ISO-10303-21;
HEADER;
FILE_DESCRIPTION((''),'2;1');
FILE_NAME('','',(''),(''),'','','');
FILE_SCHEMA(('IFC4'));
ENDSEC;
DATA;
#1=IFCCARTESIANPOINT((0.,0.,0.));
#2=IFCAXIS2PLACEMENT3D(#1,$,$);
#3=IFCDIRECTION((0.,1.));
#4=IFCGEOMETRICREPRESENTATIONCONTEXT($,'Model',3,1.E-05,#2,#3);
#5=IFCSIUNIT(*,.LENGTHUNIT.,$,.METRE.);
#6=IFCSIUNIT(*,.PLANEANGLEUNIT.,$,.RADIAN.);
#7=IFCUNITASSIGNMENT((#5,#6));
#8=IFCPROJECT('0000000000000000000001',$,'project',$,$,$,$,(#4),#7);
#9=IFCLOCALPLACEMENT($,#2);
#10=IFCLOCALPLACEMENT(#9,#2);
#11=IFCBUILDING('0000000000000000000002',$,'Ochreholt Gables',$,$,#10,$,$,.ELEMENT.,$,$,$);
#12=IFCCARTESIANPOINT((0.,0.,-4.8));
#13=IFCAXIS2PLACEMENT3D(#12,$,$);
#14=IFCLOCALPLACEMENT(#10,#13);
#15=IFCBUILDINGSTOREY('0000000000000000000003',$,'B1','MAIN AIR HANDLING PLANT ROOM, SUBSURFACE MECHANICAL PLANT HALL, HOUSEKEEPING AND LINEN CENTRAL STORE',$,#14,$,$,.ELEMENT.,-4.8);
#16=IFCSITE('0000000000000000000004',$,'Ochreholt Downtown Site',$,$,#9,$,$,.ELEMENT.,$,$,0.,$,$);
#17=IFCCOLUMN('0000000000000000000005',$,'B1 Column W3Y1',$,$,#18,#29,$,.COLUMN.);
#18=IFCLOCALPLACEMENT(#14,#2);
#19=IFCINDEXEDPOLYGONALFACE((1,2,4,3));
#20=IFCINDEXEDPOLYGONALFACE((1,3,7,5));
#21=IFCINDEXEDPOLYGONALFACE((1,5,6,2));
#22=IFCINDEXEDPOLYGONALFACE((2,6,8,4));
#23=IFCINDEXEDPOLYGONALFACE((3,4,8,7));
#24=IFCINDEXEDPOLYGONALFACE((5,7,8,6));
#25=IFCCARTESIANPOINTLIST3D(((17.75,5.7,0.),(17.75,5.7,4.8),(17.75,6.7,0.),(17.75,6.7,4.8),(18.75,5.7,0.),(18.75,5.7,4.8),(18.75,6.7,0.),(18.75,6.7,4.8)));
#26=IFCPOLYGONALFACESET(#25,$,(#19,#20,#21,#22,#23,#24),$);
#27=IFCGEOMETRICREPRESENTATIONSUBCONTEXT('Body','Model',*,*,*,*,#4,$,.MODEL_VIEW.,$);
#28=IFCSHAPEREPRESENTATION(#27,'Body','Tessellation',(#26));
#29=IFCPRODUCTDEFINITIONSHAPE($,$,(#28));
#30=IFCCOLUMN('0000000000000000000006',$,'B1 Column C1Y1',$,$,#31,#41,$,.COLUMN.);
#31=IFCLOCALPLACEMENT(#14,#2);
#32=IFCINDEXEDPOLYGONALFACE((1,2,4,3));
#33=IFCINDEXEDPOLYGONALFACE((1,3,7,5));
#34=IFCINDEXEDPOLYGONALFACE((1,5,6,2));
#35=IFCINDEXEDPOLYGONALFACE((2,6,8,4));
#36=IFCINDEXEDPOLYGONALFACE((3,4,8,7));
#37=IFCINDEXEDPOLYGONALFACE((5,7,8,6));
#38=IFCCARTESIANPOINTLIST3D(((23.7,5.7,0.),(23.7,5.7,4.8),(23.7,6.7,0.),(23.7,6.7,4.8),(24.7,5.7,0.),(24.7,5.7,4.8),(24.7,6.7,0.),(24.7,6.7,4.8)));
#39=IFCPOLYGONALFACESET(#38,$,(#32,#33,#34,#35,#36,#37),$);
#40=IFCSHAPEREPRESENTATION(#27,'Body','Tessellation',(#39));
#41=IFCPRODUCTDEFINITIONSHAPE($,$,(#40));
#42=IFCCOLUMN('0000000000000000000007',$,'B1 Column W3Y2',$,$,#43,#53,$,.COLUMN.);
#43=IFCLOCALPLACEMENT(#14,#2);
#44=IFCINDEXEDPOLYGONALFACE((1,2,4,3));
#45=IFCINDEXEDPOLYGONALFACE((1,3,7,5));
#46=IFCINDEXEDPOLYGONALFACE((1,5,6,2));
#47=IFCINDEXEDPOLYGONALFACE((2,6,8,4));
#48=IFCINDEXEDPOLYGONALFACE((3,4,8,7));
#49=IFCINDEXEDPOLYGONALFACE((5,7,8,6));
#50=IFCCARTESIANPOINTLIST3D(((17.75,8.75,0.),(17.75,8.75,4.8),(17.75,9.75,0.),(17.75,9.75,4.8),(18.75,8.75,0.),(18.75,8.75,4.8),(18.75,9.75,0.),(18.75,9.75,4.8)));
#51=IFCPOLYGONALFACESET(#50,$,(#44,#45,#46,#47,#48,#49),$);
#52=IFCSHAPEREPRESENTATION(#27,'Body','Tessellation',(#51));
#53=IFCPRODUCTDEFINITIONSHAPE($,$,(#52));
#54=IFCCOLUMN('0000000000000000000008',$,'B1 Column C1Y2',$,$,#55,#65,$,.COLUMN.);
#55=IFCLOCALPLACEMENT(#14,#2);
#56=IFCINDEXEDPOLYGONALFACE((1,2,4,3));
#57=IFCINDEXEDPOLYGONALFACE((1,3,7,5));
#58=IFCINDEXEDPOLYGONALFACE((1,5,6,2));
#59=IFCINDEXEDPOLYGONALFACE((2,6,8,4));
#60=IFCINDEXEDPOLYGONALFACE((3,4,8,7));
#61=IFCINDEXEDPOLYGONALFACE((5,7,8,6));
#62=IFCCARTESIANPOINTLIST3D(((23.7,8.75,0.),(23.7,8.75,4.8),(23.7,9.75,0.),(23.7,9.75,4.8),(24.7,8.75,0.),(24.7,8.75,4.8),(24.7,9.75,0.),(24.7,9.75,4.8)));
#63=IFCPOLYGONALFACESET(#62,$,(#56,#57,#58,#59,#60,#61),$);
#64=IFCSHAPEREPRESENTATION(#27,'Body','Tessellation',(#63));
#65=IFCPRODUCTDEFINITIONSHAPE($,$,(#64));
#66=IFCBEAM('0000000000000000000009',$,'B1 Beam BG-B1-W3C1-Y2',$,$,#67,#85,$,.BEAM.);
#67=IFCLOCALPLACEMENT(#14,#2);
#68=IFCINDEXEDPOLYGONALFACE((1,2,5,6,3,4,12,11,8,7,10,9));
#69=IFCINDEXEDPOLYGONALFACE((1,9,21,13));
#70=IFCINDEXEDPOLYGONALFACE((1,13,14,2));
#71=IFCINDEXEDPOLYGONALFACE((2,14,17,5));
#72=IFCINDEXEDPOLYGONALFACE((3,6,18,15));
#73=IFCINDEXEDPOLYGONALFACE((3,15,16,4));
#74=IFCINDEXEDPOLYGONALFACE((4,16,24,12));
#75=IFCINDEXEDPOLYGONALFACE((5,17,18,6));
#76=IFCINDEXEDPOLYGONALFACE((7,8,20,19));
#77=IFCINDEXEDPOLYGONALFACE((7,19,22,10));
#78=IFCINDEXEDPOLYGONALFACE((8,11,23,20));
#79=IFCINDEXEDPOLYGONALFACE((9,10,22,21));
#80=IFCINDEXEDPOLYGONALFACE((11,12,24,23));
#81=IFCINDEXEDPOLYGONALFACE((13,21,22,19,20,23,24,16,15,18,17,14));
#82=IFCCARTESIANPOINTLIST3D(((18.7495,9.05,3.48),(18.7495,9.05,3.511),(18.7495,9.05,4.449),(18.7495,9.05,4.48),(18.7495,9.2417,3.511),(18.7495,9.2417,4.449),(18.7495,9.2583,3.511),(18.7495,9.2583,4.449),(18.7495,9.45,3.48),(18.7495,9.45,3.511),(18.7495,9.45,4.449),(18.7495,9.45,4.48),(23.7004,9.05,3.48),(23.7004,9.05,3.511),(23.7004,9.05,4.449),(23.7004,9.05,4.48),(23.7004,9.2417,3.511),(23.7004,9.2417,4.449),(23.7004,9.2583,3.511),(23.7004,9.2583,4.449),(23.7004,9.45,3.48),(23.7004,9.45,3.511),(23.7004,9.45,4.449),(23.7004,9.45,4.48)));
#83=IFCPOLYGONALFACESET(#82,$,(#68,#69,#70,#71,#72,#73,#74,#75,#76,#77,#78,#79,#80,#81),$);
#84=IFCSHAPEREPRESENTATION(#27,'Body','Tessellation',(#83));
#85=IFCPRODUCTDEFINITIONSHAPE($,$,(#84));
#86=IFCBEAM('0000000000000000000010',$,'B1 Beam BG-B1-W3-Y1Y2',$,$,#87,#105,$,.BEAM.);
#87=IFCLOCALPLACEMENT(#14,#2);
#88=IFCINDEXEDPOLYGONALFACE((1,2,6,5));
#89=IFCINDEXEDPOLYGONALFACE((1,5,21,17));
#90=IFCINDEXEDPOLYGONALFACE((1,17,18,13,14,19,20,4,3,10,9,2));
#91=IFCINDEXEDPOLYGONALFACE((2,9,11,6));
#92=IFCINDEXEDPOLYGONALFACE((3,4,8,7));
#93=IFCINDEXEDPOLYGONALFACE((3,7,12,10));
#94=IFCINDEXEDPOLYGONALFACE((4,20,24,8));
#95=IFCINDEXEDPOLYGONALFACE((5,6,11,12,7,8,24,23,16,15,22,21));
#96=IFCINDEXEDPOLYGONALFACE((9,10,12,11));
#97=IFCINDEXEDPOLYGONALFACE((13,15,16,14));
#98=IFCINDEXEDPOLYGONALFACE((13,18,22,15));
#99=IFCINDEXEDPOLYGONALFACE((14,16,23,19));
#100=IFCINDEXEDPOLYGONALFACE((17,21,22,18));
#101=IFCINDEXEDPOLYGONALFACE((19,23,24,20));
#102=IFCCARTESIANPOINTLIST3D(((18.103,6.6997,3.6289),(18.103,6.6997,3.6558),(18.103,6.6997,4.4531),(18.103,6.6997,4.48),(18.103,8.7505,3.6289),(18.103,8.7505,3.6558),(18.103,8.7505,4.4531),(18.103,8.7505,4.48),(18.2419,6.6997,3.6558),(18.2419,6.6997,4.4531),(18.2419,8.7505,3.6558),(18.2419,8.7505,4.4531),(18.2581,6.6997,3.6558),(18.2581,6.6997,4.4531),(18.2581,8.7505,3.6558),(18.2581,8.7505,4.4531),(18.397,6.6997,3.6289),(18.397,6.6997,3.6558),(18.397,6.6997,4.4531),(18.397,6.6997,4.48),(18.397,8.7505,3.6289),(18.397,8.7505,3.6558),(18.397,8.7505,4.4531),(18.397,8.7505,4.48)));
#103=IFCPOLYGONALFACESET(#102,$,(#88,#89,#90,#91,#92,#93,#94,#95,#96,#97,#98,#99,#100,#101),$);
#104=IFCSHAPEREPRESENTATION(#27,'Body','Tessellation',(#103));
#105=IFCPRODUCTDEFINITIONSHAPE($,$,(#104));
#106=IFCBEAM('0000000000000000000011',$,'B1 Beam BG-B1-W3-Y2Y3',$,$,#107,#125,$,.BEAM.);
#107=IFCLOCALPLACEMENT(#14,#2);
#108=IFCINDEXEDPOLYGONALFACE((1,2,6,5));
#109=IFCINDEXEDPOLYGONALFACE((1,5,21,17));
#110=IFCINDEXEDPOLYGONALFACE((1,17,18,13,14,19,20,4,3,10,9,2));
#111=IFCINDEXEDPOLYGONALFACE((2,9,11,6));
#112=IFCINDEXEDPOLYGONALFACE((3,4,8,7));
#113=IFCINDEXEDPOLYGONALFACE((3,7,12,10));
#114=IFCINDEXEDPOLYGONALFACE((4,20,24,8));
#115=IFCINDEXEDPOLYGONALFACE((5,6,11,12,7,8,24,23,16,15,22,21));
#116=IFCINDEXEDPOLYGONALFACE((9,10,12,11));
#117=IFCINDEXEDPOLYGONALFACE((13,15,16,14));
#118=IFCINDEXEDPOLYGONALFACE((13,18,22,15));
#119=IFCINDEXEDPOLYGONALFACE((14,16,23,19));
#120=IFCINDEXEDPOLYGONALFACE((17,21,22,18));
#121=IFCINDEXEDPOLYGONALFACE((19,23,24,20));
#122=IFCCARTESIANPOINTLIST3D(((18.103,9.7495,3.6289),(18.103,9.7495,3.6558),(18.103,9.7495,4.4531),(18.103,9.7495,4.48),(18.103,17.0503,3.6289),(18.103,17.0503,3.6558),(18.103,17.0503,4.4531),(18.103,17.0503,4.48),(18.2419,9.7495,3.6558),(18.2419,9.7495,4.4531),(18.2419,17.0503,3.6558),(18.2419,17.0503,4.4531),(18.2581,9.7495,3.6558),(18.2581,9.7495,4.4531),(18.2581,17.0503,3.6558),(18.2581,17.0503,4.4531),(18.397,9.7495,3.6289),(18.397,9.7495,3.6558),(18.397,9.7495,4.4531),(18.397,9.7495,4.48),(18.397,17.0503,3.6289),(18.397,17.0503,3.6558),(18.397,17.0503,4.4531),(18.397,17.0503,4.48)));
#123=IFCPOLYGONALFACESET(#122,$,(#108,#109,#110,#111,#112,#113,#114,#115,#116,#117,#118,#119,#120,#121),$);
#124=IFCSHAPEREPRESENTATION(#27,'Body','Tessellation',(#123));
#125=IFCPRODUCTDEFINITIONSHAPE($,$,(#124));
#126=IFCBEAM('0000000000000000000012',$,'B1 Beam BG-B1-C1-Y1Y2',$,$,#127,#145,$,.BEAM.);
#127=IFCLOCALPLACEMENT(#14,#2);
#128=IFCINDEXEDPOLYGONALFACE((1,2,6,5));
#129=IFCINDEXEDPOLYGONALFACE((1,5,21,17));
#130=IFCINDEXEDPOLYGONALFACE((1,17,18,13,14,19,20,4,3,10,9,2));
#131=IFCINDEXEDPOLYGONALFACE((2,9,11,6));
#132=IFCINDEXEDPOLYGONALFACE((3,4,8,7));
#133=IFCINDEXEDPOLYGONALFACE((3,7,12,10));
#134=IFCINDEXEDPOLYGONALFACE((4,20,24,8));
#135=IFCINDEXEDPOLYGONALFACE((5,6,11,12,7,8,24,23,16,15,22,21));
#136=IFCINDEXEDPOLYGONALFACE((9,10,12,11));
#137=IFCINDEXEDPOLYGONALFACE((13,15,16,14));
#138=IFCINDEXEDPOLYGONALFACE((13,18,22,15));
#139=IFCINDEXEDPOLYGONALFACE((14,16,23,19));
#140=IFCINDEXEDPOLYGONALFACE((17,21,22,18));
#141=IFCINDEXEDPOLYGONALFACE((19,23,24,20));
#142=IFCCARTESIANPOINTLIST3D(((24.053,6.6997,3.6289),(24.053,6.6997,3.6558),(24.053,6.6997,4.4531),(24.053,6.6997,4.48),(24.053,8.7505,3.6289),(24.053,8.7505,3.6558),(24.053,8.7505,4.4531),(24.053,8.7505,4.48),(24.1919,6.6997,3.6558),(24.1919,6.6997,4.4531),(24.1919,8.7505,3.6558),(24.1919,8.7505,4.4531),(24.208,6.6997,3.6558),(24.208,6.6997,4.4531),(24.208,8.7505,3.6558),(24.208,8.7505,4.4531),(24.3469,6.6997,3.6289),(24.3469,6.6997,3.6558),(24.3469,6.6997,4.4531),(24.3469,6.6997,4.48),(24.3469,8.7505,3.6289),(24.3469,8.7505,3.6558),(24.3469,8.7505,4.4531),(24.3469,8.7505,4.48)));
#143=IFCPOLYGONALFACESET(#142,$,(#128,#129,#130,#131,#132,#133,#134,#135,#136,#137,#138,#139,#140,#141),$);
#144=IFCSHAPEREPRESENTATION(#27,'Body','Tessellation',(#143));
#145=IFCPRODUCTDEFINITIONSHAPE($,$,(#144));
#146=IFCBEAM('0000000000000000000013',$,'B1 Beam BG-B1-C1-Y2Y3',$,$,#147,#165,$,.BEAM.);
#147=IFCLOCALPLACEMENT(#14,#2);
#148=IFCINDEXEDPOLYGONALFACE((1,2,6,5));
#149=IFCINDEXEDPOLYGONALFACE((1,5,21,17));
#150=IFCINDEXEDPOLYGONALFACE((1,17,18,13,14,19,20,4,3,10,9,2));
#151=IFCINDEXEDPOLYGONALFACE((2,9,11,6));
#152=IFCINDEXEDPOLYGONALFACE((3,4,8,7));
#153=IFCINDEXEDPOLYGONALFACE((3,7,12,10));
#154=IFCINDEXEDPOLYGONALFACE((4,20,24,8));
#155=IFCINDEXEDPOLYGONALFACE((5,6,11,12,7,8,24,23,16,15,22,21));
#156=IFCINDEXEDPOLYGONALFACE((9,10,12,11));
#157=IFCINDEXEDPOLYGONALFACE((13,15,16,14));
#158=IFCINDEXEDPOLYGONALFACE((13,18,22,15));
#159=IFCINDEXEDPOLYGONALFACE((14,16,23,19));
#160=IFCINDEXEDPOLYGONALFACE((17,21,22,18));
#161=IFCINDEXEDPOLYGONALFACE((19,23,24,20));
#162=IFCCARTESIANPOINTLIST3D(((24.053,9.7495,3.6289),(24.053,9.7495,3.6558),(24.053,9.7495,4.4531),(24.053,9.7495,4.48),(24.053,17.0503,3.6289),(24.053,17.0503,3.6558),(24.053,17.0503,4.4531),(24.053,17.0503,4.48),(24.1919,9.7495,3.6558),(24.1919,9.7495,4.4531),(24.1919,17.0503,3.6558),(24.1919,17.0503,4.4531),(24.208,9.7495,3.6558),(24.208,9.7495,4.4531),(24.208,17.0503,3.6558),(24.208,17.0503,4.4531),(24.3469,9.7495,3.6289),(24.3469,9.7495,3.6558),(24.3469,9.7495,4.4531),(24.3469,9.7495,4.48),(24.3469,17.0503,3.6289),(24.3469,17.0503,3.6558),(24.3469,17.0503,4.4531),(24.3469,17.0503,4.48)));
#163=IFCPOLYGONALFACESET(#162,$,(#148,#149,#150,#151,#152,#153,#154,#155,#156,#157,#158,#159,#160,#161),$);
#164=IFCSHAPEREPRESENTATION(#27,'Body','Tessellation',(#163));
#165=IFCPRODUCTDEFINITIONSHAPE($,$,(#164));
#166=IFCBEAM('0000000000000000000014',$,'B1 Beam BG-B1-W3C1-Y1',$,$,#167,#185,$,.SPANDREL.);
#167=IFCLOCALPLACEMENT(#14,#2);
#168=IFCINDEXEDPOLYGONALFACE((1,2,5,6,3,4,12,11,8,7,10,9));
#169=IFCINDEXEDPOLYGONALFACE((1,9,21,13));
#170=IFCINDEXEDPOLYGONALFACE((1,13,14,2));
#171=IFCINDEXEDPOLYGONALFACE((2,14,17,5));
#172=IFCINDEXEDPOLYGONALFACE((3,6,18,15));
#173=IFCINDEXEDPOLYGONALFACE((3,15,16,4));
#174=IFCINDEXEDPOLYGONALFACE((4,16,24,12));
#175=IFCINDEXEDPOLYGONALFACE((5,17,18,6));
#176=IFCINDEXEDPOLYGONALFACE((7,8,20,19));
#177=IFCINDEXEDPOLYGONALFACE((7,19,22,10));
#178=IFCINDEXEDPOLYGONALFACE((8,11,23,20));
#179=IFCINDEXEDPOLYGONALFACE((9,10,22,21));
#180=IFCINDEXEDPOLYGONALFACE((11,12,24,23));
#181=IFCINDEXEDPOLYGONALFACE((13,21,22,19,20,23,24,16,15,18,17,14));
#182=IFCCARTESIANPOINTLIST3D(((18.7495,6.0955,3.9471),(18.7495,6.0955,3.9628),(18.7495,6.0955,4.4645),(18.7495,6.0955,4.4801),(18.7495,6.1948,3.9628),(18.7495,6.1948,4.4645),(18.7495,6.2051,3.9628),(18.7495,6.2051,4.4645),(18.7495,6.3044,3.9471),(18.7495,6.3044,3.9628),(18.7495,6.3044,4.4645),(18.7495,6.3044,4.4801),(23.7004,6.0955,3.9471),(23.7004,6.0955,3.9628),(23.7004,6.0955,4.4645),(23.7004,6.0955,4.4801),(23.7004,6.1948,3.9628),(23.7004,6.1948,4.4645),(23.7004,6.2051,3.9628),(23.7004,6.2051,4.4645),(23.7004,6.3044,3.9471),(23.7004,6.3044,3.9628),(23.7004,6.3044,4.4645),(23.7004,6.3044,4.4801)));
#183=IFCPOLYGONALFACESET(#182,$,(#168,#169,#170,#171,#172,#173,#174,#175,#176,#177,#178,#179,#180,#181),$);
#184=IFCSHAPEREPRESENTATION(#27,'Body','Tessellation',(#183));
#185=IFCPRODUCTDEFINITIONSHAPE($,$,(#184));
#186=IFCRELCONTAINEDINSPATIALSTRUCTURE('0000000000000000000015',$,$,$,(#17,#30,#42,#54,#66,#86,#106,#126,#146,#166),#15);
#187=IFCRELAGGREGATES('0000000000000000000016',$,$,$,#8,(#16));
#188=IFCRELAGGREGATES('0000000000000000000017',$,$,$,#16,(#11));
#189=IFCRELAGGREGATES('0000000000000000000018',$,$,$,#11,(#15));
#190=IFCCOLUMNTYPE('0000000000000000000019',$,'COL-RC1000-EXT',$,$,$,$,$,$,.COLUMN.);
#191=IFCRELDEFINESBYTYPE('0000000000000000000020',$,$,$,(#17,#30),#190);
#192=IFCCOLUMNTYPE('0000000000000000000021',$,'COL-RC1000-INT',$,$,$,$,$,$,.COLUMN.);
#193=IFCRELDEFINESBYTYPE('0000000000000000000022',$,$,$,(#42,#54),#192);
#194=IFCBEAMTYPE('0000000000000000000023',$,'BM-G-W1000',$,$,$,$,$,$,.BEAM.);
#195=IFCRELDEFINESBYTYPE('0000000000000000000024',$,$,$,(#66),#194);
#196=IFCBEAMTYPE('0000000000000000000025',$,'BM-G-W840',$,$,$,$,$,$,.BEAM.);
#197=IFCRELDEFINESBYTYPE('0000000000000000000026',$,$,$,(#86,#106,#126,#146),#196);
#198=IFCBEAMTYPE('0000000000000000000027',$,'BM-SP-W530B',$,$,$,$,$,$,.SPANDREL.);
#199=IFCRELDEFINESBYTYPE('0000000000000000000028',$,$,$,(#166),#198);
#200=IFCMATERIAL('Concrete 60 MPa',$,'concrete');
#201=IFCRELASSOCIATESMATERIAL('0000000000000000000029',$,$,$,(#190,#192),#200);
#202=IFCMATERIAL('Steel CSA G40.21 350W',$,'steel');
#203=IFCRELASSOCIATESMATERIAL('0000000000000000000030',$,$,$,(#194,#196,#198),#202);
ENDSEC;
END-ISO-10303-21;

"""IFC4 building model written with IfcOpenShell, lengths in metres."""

from ifc_helpers import new_model, si_unit, direction, frame, origin, origin_2d, place, context, subcontext, project, spatial, rectangle, i_section, extrude, material, material_profile, profile_set, type_object, element, save


model = new_model("IFC4")

# Units and contexts
model_context = context("Model", 3, precision=1e-05, world=origin(), true_north=direction((0.0, 1.0)))
body_context = subcontext(model_context, "Body", "Model", "MODEL_VIEW")
ifc_project = project(units=[si_unit("LENGTHUNIT", "METRE"), si_unit("PLANEANGLEUNIT", "RADIAN")], contexts=[model_context])

# Site, building, storey
site_placement = place(None, origin())
site = spatial("IfcSite", under=ifc_project, at=site_placement, Name="Ochreholt Downtown Site", CompositionType="ELEMENT", RefElevation=0.0)
building_placement = place(site_placement, origin())
building = spatial("IfcBuilding", under=site, at=building_placement, Name="Ochreholt Gables", CompositionType="ELEMENT")
storey_placement = place(building_placement, frame((0.0, 0.0, -4.8)))
storey = spatial("IfcBuildingStorey", under=building, at=storey_placement, Name="B1", Description="MAIN AIR HANDLING PLANT ROOM, SUBSURFACE MECHANICAL PLANT HALL, HOUSEKEEPING AND LINEN CENTRAL STORE", CompositionType="ELEMENT", Elevation=-4.8)

# Columns
ifc_material_1 = material(Name="Concrete 60 MPa", Category="concrete")
ifc_material_profile_1 = material_profile(ifc_material_1, rectangle(XDim=1.0, YDim=1.0, at=origin_2d()), Name="RC1000X1000")
ifc_profile_set_1 = profile_set([ifc_material_profile_1], Name="Concrete 60 MPa")
column_type_1 = type_object("IfcColumnType", Name="COL-RC1000-EXT", PredefinedType="COLUMN", material=ifc_profile_set_1)
for number, where, z_axis, x_axis, name in (
    (1, (18.25, 6.2, 0.0), (0.0, 0.0, 1.0), (1.0, 0.0, 0.0), "B1 Column W3Y1"),
    (2, (24.2, 6.2, 0.0), (0.0, 0.0, 1.0), (1.0, 0.0, 0.0), "B1 Column C1Y1"),
):
    element("IfcColumn", number, at=place(storey_placement, frame(where, z_axis=z_axis, x_axis=x_axis)), inside=storey, type_object=column_type_1, Name=name, PredefinedType="COLUMN", context=body_context, shape_type="SweptSolid", body=[
        extrude(rectangle(XDim=1.0, YDim=1.0, at=origin_2d()), origin(), (0.0, 0.0, 1.0), 4.8),
    ])
ifc_material_profile_2 = material_profile(ifc_material_1, rectangle(XDim=1.0, YDim=1.0, at=origin_2d()), Name="RC1000X1000")
ifc_profile_set_2 = profile_set([ifc_material_profile_2], Name="Concrete 60 MPa")
column_type_2 = type_object("IfcColumnType", Name="COL-RC1000-INT", PredefinedType="COLUMN", material=ifc_profile_set_2)
for number, where, z_axis, x_axis, name in (
    (3, (18.25, 9.25, 0.0), (0.0, 0.0, 1.0), (1.0, 0.0, 0.0), "B1 Column W3Y2"),
    (4, (24.2, 9.25, 0.0), (0.0, 0.0, 1.0), (1.0, 0.0, 0.0), "B1 Column C1Y2"),
):
    element("IfcColumn", number, at=place(storey_placement, frame(where, z_axis=z_axis, x_axis=x_axis)), inside=storey, type_object=column_type_2, Name=name, PredefinedType="COLUMN", context=body_context, shape_type="SweptSolid", body=[
        extrude(rectangle(XDim=1.0, YDim=1.0, at=origin_2d()), origin(), (0.0, 0.0, 1.0), 4.8),
    ])

# Beams
ifc_material_2 = material(Name="Steel CSA G40.21 350W", Category="steel")
ifc_material_profile_3 = material_profile(ifc_material_2, i_section(OverallWidth=0.3999, OverallDepth=1.0, WebThickness=0.0166, FlangeThickness=0.031, at=origin_2d()), Name="W1000X321")
ifc_profile_set_3 = profile_set([ifc_material_profile_3], Name="Steel CSA G40.21 350W")
beam_type_1 = type_object("IfcBeamType", Name="BM-G-W1000", PredefinedType="BEAM", material=ifc_profile_set_3)
beam_1_placement = place(storey_placement, frame((18.7495, 9.25, 3.98), z_axis=(1.0, 0.0, 0.0), x_axis=(0.0, 1.0, 0.0)))
element("IfcBeam", 5, at=beam_1_placement, inside=storey, type_object=beam_type_1, Name="B1 Beam BG-B1-W3C1-Y2", PredefinedType="BEAM", context=body_context, shape_type="SweptSolid", body=[
    extrude(i_section(OverallWidth=0.3999, OverallDepth=1.0, WebThickness=0.0166, FlangeThickness=0.031, at=origin_2d()), origin(), (0.0, 0.0, 1.0), 4.9509),
])
ifc_material_profile_4 = material_profile(ifc_material_2, i_section(OverallWidth=0.2939, OverallDepth=0.8511, WebThickness=0.0161, FlangeThickness=0.0269, at=origin_2d()), Name="W840X226")
ifc_profile_set_4 = profile_set([ifc_material_profile_4], Name="Steel CSA G40.21 350W")
beam_type_2 = type_object("IfcBeamType", Name="BM-G-W840", PredefinedType="BEAM", material=ifc_profile_set_4)
beam_2_placement = place(storey_placement, frame((18.25, 6.6997, 4.0544), z_axis=(0.0, 1.0, 0.0), x_axis=(-1.0, 0.0, 0.0)))
element("IfcBeam", 6, at=beam_2_placement, inside=storey, type_object=beam_type_2, Name="B1 Beam BG-B1-W3-Y1Y2", PredefinedType="BEAM", context=body_context, shape_type="SweptSolid", body=[
    extrude(i_section(OverallWidth=0.2939, OverallDepth=0.8511, WebThickness=0.0161, FlangeThickness=0.0269, at=origin_2d()), origin(), (0.0, 0.0, 1.0), 2.0508),
])
beam_3_placement = place(storey_placement, frame((18.25, 9.7495, 4.0544), z_axis=(0.0, 1.0, 0.0), x_axis=(-1.0, 0.0, 0.0)))
element("IfcBeam", 7, at=beam_3_placement, inside=storey, type_object=beam_type_2, Name="B1 Beam BG-B1-W3-Y2Y3", PredefinedType="BEAM", context=body_context, shape_type="SweptSolid", body=[
    extrude(i_section(OverallWidth=0.2939, OverallDepth=0.8511, WebThickness=0.0161, FlangeThickness=0.0269, at=origin_2d()), origin(), (0.0, 0.0, 1.0), 7.3008),
])
beam_4_placement = place(storey_placement, frame((24.2, 6.6997, 4.0544), z_axis=(0.0, 1.0, 0.0), x_axis=(-1.0, 0.0, 0.0)))
element("IfcBeam", 8, at=beam_4_placement, inside=storey, type_object=beam_type_2, Name="B1 Beam BG-B1-C1-Y1Y2", PredefinedType="BEAM", context=body_context, shape_type="SweptSolid", body=[
    extrude(i_section(OverallWidth=0.2939, OverallDepth=0.8511, WebThickness=0.0161, FlangeThickness=0.0269, at=origin_2d()), origin(), (0.0, 0.0, 1.0), 2.0508),
])
beam_5_placement = place(storey_placement, frame((24.2, 9.7495, 4.0544), z_axis=(0.0, 1.0, 0.0), x_axis=(-1.0, 0.0, 0.0)))
element("IfcBeam", 9, at=beam_5_placement, inside=storey, type_object=beam_type_2, Name="B1 Beam BG-B1-C1-Y2Y3", PredefinedType="BEAM", context=body_context, shape_type="SweptSolid", body=[
    extrude(i_section(OverallWidth=0.2939, OverallDepth=0.8511, WebThickness=0.0161, FlangeThickness=0.0269, at=origin_2d()), origin(), (0.0, 0.0, 1.0), 7.3008),
])
ifc_material_profile_5 = material_profile(ifc_material_2, i_section(OverallWidth=0.209, OverallDepth=0.533, WebThickness=0.0103, FlangeThickness=0.0156, at=origin_2d()), Name="W530X92")
ifc_profile_set_5 = profile_set([ifc_material_profile_5], Name="Steel CSA G40.21 350W")
beam_type_3 = type_object("IfcBeamType", Name="BM-SP-W530B", PredefinedType="SPANDREL", material=ifc_profile_set_5)
beam_6_placement = place(storey_placement, frame((18.7495, 6.2, 4.2136), z_axis=(1.0, 0.0, 0.0), x_axis=(0.0, 1.0, 0.0)))
element("IfcBeam", 10, at=beam_6_placement, inside=storey, type_object=beam_type_3, Name="B1 Beam BG-B1-W3C1-Y1", PredefinedType="SPANDREL", context=body_context, shape_type="SweptSolid", body=[
    extrude(i_section(OverallWidth=0.209, OverallDepth=0.533, WebThickness=0.0103, FlangeThickness=0.0156, at=origin_2d()), origin(), (0.0, 0.0, 1.0), 4.9509),
])

save(model, "model.ifc")
